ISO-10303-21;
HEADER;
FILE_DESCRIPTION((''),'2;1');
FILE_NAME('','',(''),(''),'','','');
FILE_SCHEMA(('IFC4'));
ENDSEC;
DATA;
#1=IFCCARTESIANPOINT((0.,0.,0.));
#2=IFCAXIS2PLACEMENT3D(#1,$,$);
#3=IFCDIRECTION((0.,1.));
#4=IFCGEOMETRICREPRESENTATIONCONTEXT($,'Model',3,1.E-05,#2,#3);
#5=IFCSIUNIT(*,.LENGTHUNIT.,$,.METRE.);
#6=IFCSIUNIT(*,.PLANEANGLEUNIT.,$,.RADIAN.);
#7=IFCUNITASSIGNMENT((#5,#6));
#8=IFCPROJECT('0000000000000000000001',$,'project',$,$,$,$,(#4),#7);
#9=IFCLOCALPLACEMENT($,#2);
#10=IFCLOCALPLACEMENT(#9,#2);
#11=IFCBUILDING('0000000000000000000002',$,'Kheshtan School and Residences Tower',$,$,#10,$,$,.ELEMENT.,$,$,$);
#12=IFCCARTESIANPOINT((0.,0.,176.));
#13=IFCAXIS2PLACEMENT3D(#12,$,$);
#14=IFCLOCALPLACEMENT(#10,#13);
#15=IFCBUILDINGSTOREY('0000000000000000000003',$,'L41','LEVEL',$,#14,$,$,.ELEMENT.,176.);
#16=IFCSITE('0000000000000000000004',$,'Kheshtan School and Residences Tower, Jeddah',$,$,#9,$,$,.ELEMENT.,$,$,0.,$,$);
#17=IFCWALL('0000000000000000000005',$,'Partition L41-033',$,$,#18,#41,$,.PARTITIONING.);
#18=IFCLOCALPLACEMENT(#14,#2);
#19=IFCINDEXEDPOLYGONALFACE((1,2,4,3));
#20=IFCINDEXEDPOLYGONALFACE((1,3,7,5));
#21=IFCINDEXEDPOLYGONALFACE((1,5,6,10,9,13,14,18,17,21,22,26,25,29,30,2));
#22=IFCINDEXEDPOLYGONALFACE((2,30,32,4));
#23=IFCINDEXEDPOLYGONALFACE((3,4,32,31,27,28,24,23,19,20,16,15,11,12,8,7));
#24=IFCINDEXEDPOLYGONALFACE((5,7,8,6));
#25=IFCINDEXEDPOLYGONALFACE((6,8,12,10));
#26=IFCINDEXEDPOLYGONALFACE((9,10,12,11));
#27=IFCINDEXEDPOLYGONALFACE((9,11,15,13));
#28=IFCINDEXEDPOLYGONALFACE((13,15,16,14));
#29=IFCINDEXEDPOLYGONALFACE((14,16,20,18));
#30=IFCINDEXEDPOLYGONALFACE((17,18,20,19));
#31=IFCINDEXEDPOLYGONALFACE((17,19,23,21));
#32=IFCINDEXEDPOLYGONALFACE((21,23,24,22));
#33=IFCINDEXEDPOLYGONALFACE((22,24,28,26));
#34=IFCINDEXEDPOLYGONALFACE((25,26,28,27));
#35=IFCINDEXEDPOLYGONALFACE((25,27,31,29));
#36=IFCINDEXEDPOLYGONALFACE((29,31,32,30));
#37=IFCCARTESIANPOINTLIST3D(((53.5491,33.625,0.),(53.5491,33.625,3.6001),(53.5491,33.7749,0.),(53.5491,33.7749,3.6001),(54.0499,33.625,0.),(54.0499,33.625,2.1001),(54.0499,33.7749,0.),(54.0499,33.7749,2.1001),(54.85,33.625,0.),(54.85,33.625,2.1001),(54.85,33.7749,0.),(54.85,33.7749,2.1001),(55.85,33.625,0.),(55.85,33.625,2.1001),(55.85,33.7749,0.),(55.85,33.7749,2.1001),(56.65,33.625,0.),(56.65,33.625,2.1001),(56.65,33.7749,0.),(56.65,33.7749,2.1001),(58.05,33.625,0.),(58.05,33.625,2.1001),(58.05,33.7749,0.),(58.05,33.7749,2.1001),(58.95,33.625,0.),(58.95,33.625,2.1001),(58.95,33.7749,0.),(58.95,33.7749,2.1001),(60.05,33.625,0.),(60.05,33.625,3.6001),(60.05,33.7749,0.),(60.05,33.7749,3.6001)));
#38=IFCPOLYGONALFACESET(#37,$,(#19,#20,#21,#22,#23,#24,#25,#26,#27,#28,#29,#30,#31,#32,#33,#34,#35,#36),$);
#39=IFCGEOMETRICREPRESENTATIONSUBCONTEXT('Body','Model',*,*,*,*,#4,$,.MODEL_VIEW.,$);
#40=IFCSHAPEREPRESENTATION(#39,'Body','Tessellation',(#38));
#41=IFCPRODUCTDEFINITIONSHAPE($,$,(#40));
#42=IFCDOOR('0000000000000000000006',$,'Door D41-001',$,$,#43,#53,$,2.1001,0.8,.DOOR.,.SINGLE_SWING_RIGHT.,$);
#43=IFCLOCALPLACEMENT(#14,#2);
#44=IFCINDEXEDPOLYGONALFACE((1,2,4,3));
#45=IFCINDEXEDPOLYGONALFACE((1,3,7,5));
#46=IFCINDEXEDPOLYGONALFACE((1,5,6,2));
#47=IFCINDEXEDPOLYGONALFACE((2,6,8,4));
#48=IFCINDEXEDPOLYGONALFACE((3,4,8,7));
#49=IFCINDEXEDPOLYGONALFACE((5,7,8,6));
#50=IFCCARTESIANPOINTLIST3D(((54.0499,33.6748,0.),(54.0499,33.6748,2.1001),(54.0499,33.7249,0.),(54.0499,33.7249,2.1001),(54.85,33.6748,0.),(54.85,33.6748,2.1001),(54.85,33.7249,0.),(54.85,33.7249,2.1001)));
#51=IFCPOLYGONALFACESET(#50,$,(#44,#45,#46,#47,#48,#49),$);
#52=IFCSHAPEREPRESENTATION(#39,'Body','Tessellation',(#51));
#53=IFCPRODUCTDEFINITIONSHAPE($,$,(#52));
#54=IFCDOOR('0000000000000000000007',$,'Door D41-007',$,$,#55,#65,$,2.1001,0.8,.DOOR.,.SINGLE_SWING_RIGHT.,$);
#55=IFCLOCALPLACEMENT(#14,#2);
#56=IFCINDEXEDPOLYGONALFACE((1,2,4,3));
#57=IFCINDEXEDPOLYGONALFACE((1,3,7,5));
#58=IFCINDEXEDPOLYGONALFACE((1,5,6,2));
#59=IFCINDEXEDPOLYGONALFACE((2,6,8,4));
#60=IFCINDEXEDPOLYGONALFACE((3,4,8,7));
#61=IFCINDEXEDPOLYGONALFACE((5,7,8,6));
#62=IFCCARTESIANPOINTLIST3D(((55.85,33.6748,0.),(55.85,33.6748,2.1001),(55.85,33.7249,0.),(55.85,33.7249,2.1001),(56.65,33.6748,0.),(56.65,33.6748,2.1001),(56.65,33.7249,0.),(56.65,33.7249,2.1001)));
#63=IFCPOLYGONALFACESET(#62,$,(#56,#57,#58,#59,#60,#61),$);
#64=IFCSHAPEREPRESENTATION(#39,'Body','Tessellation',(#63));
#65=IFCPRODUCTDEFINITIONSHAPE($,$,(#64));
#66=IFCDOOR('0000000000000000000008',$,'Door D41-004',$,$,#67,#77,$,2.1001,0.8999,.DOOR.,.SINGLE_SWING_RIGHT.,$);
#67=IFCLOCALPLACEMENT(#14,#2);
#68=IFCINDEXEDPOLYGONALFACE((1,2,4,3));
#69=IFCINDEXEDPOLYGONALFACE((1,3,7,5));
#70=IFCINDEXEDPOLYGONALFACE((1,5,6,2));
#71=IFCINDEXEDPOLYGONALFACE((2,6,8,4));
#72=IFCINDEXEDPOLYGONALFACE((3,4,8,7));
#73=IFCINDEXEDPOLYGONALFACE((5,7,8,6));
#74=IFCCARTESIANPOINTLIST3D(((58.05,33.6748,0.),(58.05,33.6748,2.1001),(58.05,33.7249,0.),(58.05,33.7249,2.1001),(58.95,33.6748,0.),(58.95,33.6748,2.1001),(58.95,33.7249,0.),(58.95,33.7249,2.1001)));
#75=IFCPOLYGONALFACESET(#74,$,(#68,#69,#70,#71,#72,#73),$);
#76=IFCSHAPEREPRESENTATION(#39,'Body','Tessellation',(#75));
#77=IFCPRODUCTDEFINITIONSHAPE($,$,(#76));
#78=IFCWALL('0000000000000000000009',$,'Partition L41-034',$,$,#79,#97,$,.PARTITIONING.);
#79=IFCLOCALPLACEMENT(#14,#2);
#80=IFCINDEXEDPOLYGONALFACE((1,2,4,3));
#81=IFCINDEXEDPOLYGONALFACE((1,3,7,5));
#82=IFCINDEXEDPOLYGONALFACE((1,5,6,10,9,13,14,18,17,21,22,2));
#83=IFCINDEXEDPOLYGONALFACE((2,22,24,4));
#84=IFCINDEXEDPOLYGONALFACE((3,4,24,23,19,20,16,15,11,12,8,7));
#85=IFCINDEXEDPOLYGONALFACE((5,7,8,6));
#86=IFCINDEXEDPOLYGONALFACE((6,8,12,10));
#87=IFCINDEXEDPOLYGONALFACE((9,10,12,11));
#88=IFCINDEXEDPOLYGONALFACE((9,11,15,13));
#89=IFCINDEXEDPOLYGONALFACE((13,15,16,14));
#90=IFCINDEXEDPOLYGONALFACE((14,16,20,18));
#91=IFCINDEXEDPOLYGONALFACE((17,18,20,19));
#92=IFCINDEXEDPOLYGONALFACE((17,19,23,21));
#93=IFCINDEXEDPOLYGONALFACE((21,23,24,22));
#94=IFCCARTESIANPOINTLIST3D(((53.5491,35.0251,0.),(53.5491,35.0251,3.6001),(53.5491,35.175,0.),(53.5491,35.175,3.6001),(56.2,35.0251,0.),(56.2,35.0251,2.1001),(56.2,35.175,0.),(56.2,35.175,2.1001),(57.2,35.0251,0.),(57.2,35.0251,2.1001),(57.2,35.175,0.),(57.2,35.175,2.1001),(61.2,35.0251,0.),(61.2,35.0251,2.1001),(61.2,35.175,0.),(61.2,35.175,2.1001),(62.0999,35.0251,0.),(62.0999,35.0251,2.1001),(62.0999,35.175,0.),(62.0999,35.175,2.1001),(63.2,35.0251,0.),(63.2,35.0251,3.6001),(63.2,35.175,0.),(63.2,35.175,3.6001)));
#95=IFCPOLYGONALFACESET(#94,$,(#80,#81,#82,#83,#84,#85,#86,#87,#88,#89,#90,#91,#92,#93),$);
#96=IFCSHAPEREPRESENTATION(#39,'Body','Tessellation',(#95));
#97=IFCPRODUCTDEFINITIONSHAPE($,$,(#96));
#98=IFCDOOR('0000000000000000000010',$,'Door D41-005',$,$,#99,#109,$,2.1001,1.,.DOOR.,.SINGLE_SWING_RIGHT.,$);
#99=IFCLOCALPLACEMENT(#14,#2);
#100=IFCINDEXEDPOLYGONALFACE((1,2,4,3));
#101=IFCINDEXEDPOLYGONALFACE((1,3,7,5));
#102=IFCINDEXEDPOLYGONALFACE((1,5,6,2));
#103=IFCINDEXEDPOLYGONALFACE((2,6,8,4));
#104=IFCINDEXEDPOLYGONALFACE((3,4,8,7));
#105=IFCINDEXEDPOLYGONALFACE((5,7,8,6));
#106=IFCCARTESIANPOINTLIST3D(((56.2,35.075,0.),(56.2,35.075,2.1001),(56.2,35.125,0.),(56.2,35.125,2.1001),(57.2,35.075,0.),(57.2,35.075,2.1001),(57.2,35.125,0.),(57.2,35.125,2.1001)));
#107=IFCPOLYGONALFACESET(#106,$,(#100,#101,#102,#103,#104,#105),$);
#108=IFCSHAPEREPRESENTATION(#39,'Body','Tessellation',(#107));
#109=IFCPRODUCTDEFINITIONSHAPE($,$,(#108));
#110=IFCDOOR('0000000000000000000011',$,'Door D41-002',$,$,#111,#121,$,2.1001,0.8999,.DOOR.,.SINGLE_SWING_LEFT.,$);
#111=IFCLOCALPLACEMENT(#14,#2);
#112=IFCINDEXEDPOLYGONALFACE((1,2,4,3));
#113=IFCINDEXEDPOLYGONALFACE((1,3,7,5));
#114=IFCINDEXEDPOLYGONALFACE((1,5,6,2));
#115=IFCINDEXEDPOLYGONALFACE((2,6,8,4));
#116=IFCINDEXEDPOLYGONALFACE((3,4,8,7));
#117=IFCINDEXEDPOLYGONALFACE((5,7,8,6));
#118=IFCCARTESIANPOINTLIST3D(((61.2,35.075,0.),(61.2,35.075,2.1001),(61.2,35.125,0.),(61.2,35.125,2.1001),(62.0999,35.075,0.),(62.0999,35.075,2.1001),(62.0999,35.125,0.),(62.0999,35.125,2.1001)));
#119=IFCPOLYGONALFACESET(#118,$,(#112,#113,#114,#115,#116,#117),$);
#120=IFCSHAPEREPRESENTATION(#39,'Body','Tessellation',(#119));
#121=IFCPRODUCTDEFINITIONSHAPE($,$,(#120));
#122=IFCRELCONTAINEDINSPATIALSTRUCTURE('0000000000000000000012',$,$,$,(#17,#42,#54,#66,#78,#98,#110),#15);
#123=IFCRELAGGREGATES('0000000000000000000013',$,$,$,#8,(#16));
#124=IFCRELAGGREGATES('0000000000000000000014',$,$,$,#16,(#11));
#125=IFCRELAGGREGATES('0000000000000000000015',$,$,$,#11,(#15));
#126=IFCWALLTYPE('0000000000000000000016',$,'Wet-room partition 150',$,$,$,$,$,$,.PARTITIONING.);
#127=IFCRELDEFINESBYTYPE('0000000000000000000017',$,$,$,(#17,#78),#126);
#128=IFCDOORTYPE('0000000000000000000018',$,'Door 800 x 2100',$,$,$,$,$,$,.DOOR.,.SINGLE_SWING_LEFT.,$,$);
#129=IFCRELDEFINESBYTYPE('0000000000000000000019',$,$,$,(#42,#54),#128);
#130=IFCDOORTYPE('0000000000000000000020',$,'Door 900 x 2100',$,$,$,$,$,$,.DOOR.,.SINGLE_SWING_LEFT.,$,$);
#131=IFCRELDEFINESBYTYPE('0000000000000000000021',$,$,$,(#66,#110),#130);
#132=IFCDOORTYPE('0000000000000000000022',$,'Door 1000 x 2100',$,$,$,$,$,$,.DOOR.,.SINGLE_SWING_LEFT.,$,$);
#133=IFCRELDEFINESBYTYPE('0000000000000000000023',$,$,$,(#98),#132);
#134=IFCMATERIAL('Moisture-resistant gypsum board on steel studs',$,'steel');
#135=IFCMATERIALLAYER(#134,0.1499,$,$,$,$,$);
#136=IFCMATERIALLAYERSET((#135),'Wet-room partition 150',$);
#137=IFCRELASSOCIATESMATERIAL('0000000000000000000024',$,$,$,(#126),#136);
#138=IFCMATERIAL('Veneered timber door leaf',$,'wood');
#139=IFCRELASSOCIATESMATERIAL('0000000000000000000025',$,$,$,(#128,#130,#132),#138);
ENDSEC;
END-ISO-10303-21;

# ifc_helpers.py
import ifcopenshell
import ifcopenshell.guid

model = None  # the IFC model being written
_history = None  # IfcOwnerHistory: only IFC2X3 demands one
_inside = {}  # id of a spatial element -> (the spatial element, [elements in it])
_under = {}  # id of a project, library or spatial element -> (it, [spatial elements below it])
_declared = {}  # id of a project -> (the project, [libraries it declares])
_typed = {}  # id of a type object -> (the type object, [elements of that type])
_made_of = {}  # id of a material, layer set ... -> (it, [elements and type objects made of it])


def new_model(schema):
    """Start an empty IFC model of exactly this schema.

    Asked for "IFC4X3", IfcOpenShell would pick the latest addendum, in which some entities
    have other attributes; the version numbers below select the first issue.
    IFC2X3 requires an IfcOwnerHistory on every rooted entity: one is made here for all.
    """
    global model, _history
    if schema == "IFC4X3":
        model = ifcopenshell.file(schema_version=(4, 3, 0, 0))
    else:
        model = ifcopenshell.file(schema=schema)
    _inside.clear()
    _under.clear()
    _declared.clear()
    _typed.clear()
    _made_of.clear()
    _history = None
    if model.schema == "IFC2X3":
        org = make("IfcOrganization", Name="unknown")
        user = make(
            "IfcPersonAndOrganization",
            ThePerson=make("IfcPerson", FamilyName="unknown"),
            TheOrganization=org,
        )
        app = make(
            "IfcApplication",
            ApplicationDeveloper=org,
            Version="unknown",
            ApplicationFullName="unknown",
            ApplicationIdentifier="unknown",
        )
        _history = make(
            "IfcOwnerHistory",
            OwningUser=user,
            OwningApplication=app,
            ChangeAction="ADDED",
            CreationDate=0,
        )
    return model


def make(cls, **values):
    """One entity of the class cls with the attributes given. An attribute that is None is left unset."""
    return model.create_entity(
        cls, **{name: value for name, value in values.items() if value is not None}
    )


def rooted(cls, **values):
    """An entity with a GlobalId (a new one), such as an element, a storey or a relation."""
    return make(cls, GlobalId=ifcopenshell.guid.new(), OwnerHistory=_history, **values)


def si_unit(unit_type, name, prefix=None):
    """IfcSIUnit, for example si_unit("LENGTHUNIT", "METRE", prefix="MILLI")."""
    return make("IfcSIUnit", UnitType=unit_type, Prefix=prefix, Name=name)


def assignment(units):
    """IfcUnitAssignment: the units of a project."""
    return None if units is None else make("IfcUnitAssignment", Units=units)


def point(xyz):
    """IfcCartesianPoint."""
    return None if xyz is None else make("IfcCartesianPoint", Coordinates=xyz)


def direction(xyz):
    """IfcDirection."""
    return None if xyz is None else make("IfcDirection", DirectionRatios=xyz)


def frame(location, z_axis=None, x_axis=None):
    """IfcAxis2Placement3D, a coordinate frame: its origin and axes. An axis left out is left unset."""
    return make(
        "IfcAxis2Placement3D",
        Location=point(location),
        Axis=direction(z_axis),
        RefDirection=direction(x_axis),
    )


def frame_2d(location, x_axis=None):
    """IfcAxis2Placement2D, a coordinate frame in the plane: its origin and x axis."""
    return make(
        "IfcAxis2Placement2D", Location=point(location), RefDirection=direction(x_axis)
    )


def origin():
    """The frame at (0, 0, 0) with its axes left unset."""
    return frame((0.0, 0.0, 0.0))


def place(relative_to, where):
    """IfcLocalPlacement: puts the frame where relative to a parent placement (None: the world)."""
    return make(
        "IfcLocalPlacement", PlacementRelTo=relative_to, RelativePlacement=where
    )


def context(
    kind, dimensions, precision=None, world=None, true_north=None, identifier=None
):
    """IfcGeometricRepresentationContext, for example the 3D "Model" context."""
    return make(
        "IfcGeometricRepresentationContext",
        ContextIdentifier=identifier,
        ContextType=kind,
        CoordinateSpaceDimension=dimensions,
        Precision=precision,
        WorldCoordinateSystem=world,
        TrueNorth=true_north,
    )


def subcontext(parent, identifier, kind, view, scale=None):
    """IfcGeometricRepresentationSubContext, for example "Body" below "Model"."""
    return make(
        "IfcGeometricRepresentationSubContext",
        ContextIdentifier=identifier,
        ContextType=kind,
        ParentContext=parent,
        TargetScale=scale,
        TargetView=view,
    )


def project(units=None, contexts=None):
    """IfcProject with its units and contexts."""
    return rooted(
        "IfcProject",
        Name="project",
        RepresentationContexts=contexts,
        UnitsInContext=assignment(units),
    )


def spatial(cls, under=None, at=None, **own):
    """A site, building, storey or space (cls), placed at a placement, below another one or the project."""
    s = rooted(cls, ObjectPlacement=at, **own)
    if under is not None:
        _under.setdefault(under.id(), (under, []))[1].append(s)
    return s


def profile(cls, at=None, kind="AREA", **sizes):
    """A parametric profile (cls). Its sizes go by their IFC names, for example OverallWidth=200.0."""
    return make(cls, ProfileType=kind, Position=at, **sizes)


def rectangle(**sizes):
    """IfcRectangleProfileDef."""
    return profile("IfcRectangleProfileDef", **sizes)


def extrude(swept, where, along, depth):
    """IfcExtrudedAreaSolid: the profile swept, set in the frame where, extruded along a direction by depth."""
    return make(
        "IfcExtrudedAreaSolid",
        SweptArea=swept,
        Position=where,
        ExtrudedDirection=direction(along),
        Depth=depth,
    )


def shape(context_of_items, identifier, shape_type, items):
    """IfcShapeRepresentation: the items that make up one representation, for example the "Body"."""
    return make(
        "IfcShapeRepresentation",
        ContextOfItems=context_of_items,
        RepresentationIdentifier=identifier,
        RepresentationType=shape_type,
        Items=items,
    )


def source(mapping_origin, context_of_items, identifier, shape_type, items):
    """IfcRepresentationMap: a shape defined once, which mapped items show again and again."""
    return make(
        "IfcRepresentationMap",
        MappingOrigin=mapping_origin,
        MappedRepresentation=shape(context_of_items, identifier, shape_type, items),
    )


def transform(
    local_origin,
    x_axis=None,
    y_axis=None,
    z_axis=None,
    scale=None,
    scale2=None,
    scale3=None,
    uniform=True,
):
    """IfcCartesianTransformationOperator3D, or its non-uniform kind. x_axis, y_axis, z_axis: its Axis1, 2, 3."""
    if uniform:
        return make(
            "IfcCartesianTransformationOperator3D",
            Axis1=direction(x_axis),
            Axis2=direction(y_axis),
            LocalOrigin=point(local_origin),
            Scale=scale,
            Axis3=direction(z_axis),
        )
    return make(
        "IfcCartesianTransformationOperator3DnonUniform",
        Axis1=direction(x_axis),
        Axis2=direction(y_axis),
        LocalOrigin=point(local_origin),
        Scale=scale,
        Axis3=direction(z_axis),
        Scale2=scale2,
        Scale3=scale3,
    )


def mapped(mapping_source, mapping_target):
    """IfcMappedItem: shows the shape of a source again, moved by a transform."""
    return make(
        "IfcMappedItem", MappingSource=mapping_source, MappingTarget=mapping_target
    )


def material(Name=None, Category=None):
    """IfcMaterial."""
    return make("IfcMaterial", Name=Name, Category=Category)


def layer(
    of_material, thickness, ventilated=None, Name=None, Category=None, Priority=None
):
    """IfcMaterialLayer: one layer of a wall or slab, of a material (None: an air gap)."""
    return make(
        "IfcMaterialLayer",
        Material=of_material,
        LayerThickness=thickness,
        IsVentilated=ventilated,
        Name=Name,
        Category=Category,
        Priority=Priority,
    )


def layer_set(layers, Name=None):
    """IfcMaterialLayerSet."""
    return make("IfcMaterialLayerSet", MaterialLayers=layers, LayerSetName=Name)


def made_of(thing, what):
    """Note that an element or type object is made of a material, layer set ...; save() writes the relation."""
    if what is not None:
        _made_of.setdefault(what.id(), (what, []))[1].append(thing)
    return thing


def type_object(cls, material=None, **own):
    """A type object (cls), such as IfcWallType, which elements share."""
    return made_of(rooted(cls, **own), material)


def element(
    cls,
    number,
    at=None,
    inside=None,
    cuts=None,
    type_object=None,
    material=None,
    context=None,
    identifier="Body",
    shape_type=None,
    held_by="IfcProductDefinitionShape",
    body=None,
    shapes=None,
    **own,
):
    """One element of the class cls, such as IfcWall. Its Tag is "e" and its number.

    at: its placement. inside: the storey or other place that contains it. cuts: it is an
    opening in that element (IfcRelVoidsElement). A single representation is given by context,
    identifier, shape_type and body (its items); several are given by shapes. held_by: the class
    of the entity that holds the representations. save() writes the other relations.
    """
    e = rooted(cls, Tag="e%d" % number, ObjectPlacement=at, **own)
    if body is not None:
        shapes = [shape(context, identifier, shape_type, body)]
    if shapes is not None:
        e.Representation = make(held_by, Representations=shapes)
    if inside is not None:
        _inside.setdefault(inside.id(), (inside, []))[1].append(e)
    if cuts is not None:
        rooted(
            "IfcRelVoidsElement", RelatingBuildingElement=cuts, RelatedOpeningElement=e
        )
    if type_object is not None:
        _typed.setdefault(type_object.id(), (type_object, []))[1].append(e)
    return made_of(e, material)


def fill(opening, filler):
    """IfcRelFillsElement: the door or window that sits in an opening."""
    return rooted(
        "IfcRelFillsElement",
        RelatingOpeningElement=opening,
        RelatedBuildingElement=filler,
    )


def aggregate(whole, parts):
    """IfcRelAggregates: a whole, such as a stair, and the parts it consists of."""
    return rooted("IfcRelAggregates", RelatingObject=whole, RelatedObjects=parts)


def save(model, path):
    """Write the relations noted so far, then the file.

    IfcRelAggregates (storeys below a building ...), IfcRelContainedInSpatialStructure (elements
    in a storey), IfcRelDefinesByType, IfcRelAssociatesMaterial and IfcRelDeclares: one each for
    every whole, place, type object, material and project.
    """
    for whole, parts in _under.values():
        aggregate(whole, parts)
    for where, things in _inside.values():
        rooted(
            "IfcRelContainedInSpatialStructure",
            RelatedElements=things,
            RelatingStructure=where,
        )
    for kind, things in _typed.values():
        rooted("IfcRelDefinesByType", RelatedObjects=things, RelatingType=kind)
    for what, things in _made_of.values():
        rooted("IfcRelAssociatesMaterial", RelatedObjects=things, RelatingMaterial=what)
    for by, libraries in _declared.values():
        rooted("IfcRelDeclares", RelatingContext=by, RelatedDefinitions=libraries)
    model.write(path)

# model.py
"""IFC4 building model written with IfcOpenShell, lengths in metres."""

from ifc_helpers import new_model, si_unit, direction, frame, frame_2d, origin, place, context, subcontext, project, spatial, rectangle, extrude, source, transform, mapped, material, layer, layer_set, type_object, element, fill, save


model = new_model("IFC4")

# Units and contexts
model_context = context("Model", 3, precision=1e-05, world=origin(), true_north=direction((0.0, 1.0)))
body_context = subcontext(model_context, "Body", "Model", "MODEL_VIEW")
ifc_project = project(units=[si_unit("LENGTHUNIT", "METRE"), si_unit("PLANEANGLEUNIT", "RADIAN")], contexts=[model_context])

# Site, building, storey
site_placement = place(None, origin())
site = spatial("IfcSite", under=ifc_project, at=site_placement, Name="Kheshtan School and Residences Tower, Jeddah", CompositionType="ELEMENT", RefElevation=0.0)
building_placement = place(site_placement, origin())
building = spatial("IfcBuilding", under=site, at=building_placement, Name="Kheshtan School and Residences Tower", CompositionType="ELEMENT")
storey_placement = place(building_placement, frame((0.0, 0.0, 176.0)))
storey = spatial("IfcBuildingStorey", under=building, at=storey_placement, Name="L41", Description="LEVEL", CompositionType="ELEMENT", Elevation=176.0)

# Walls, openings, doors
ifc_material_1 = material(Name="Moisture-resistant gypsum board on steel studs", Category="steel")
ifc_layer_1 = layer(ifc_material_1, 0.1499)
ifc_layer_set_1 = layer_set([ifc_layer_1], Name="Wet-room partition 150")
wall_type_1 = type_object("IfcWallType", Name="Wet-room partition 150", PredefinedType="PARTITIONING", material=ifc_layer_set_1)
wall_1_placement = place(storey_placement, frame((53.5491, 33.7, 0.0), z_axis=(0.0, 0.0, 1.0), x_axis=(1.0, 0.0, 0.0)))
wall_1 = element("IfcWall", 1, at=wall_1_placement, inside=storey, type_object=wall_type_1, Name="Partition L41-033", PredefinedType="PARTITIONING", context=body_context, shape_type="SweptSolid", body=[
    extrude(rectangle(XDim=6.501, YDim=0.1499, at=frame_2d((3.2505, 0.0))), origin(), (0.0, 0.0, 1.0), 3.6001),
])
opening_1_placement = place(wall_1_placement, frame((0.501, 0.0, 0.0)))
opening_1 = element("IfcOpeningElement", 2, at=opening_1_placement, cuts=wall_1, PredefinedType="OPENING", context=body_context, shape_type="SweptSolid", body=[
    extrude(rectangle(XDim=0.8, YDim=2.1001, at=frame_2d((0.3999, 1.05))), frame((0.0, 0.085, 0.0), z_axis=(0.0, -1.0, 0.0), x_axis=(1.0, 0.0, 0.0)), (0.0, 0.0, 1.0), 0.1699),
])
opening_2_placement = place(wall_1_placement, frame((4.501, 0.0, 0.0)))
opening_2 = element("IfcOpeningElement", 3, at=opening_2_placement, cuts=wall_1, PredefinedType="OPENING", context=body_context, shape_type="SweptSolid", body=[
    extrude(rectangle(XDim=0.8999, YDim=2.1001, at=frame_2d((0.45, 1.05))), frame((0.0, 0.085, 0.0), z_axis=(0.0, -1.0, 0.0), x_axis=(1.0, 0.0, 0.0)), (0.0, 0.0, 1.0), 0.1699),
])
opening_3_placement = place(wall_1_placement, frame((2.301, 0.0, 0.0)))
opening_3 = element("IfcOpeningElement", 4, at=opening_3_placement, cuts=wall_1, PredefinedType="OPENING", context=body_context, shape_type="SweptSolid", body=[
    extrude(rectangle(XDim=0.8, YDim=2.1001, at=frame_2d((0.3999, 1.05))), frame((0.0, 0.085, 0.0), z_axis=(0.0, -1.0, 0.0), x_axis=(1.0, 0.0, 0.0)), (0.0, 0.0, 1.0), 0.1699),
])
ifc_material_2 = material(Name="Veneered timber door leaf", Category="wood")
door_type_1 = type_object("IfcDoorType", Name="Door 800 x 2100", OperationType="SINGLE_SWING_LEFT", PredefinedType="DOOR", material=ifc_material_2)
shared_shape_1 = source(origin(), body_context, "Body", "SweptSolid", [
    extrude(rectangle(XDim=0.8, YDim=2.1001, at=frame_2d((0.3999, 1.05))), frame((0.0, 0.0249, 0.0), z_axis=(0.0, -1.0, 0.0), x_axis=(1.0, 0.0, 0.0)), (0.0, 0.0, 1.0), 0.05),
])
door_1_placement = place(opening_1_placement, origin())
door_1 = element("IfcDoor", 5, at=door_1_placement, inside=storey, type_object=door_type_1, Name="Door D41-001", OperationType="SINGLE_SWING_RIGHT", OverallHeight=2.1001, OverallWidth=0.8, PredefinedType="DOOR", context=body_context, shape_type="MappedRepresentation", body=[
    mapped(shared_shape_1, transform((0.0, 0.0, 0.0), x_axis=(1.0, 0.0, 0.0), y_axis=(0.0, 1.0, 0.0), z_axis=(0.0, 0.0, 1.0), scale=1.0)),
])
fill(opening_1, door_1)
door_2_placement = place(opening_3_placement, origin())
door_2 = element("IfcDoor", 6, at=door_2_placement, inside=storey, type_object=door_type_1, Name="Door D41-007", OperationType="SINGLE_SWING_RIGHT", OverallHeight=2.1001, OverallWidth=0.8, PredefinedType="DOOR", context=body_context, shape_type="MappedRepresentation", body=[
    mapped(shared_shape_1, transform((0.0, 0.0, 0.0), x_axis=(1.0, 0.0, 0.0), y_axis=(0.0, 1.0, 0.0), z_axis=(0.0, 0.0, 1.0), scale=1.0)),
])
fill(opening_3, door_2)
door_type_2 = type_object("IfcDoorType", Name="Door 900 x 2100", OperationType="SINGLE_SWING_LEFT", PredefinedType="DOOR", material=ifc_material_2)
shared_shape_2 = source(origin(), body_context, "Body", "SweptSolid", [
    extrude(rectangle(XDim=0.8999, YDim=2.1001, at=frame_2d((0.45, 1.05))), frame((0.0, 0.0249, 0.0), z_axis=(0.0, -1.0, 0.0), x_axis=(1.0, 0.0, 0.0)), (0.0, 0.0, 1.0), 0.05),
])
door_3_placement = place(opening_2_placement, origin())
door_3 = element("IfcDoor", 7, at=door_3_placement, inside=storey, type_object=door_type_2, Name="Door D41-004", OperationType="SINGLE_SWING_RIGHT", OverallHeight=2.1001, OverallWidth=0.8999, PredefinedType="DOOR", context=body_context, shape_type="MappedRepresentation", body=[
    mapped(shared_shape_2, transform((0.0, 0.0, 0.0), x_axis=(1.0, 0.0, 0.0), y_axis=(0.0, 1.0, 0.0), z_axis=(0.0, 0.0, 1.0), scale=1.0)),
])
fill(opening_2, door_3)
wall_2_placement = place(storey_placement, frame((53.5491, 35.1001, 0.0), z_axis=(0.0, 0.0, 1.0), x_axis=(1.0, 0.0, 0.0)))
wall_2 = element("IfcWall", 8, at=wall_2_placement, inside=storey, type_object=wall_type_1, Name="Partition L41-034", PredefinedType="PARTITIONING", context=body_context, shape_type="SweptSolid", body=[
    extrude(rectangle(XDim=9.6509, YDim=0.1499, at=frame_2d((4.8254, 0.0))), origin(), (0.0, 0.0, 1.0), 3.6001),
])
opening_4_placement = place(wall_2_placement, frame((7.6509, 0.0, 0.0)))
opening_4 = element("IfcOpeningElement", 9, at=opening_4_placement, cuts=wall_2, PredefinedType="OPENING", context=body_context, shape_type="SweptSolid", body=[
    extrude(rectangle(XDim=0.8999, YDim=2.1001, at=frame_2d((0.45, 1.05))), frame((0.0, 0.085, 0.0), z_axis=(0.0, -1.0, 0.0), x_axis=(1.0, 0.0, 0.0)), (0.0, 0.0, 1.0), 0.1699),
])
opening_5_placement = place(wall_2_placement, frame((2.6509, 0.0, 0.0)))
opening_5 = element("IfcOpeningElement", 10, at=opening_5_placement, cuts=wall_2, PredefinedType="OPENING", context=body_context, shape_type="SweptSolid", body=[
    extrude(rectangle(XDim=1.0, YDim=2.1001, at=frame_2d((0.5, 1.05))), frame((0.0, 0.085, 0.0), z_axis=(0.0, -1.0, 0.0), x_axis=(1.0, 0.0, 0.0)), (0.0, 0.0, 1.0), 0.1699),
])
door_type_3 = type_object("IfcDoorType", Name="Door 1000 x 2100", OperationType="SINGLE_SWING_LEFT", PredefinedType="DOOR", material=ifc_material_2)
shared_shape_3 = source(origin(), body_context, "Body", "SweptSolid", [
    extrude(rectangle(XDim=1.0, YDim=2.1001, at=frame_2d((0.5, 1.05))), frame((0.0, 0.0249, 0.0), z_axis=(0.0, -1.0, 0.0), x_axis=(1.0, 0.0, 0.0)), (0.0, 0.0, 1.0), 0.05),
])
door_4_placement = place(opening_5_placement, origin())
door_4 = element("IfcDoor", 11, at=door_4_placement, inside=storey, type_object=door_type_3, Name="Door D41-005", OperationType="SINGLE_SWING_RIGHT", OverallHeight=2.1001, OverallWidth=1.0, PredefinedType="DOOR", context=body_context, shape_type="MappedRepresentation", body=[
    mapped(shared_shape_3, transform((0.0, 0.0, 0.0), x_axis=(1.0, 0.0, 0.0), y_axis=(0.0, 1.0, 0.0), z_axis=(0.0, 0.0, 1.0), scale=1.0)),
])
fill(opening_5, door_4)
door_5_placement = place(opening_4_placement, origin())
door_5 = element("IfcDoor", 12, at=door_5_placement, inside=storey, type_object=door_type_2, Name="Door D41-002", OperationType="SINGLE_SWING_LEFT", OverallHeight=2.1001, OverallWidth=0.8999, PredefinedType="DOOR", context=body_context, shape_type="MappedRepresentation", body=[
    mapped(shared_shape_2, transform((0.0, 0.0, 0.0), x_axis=(1.0, 0.0, 0.0), y_axis=(0.0, 1.0, 0.0), z_axis=(0.0, 0.0, 1.0), scale=1.0)),
])
fill(opening_4, door_5)

save(model, "model.ifc")
